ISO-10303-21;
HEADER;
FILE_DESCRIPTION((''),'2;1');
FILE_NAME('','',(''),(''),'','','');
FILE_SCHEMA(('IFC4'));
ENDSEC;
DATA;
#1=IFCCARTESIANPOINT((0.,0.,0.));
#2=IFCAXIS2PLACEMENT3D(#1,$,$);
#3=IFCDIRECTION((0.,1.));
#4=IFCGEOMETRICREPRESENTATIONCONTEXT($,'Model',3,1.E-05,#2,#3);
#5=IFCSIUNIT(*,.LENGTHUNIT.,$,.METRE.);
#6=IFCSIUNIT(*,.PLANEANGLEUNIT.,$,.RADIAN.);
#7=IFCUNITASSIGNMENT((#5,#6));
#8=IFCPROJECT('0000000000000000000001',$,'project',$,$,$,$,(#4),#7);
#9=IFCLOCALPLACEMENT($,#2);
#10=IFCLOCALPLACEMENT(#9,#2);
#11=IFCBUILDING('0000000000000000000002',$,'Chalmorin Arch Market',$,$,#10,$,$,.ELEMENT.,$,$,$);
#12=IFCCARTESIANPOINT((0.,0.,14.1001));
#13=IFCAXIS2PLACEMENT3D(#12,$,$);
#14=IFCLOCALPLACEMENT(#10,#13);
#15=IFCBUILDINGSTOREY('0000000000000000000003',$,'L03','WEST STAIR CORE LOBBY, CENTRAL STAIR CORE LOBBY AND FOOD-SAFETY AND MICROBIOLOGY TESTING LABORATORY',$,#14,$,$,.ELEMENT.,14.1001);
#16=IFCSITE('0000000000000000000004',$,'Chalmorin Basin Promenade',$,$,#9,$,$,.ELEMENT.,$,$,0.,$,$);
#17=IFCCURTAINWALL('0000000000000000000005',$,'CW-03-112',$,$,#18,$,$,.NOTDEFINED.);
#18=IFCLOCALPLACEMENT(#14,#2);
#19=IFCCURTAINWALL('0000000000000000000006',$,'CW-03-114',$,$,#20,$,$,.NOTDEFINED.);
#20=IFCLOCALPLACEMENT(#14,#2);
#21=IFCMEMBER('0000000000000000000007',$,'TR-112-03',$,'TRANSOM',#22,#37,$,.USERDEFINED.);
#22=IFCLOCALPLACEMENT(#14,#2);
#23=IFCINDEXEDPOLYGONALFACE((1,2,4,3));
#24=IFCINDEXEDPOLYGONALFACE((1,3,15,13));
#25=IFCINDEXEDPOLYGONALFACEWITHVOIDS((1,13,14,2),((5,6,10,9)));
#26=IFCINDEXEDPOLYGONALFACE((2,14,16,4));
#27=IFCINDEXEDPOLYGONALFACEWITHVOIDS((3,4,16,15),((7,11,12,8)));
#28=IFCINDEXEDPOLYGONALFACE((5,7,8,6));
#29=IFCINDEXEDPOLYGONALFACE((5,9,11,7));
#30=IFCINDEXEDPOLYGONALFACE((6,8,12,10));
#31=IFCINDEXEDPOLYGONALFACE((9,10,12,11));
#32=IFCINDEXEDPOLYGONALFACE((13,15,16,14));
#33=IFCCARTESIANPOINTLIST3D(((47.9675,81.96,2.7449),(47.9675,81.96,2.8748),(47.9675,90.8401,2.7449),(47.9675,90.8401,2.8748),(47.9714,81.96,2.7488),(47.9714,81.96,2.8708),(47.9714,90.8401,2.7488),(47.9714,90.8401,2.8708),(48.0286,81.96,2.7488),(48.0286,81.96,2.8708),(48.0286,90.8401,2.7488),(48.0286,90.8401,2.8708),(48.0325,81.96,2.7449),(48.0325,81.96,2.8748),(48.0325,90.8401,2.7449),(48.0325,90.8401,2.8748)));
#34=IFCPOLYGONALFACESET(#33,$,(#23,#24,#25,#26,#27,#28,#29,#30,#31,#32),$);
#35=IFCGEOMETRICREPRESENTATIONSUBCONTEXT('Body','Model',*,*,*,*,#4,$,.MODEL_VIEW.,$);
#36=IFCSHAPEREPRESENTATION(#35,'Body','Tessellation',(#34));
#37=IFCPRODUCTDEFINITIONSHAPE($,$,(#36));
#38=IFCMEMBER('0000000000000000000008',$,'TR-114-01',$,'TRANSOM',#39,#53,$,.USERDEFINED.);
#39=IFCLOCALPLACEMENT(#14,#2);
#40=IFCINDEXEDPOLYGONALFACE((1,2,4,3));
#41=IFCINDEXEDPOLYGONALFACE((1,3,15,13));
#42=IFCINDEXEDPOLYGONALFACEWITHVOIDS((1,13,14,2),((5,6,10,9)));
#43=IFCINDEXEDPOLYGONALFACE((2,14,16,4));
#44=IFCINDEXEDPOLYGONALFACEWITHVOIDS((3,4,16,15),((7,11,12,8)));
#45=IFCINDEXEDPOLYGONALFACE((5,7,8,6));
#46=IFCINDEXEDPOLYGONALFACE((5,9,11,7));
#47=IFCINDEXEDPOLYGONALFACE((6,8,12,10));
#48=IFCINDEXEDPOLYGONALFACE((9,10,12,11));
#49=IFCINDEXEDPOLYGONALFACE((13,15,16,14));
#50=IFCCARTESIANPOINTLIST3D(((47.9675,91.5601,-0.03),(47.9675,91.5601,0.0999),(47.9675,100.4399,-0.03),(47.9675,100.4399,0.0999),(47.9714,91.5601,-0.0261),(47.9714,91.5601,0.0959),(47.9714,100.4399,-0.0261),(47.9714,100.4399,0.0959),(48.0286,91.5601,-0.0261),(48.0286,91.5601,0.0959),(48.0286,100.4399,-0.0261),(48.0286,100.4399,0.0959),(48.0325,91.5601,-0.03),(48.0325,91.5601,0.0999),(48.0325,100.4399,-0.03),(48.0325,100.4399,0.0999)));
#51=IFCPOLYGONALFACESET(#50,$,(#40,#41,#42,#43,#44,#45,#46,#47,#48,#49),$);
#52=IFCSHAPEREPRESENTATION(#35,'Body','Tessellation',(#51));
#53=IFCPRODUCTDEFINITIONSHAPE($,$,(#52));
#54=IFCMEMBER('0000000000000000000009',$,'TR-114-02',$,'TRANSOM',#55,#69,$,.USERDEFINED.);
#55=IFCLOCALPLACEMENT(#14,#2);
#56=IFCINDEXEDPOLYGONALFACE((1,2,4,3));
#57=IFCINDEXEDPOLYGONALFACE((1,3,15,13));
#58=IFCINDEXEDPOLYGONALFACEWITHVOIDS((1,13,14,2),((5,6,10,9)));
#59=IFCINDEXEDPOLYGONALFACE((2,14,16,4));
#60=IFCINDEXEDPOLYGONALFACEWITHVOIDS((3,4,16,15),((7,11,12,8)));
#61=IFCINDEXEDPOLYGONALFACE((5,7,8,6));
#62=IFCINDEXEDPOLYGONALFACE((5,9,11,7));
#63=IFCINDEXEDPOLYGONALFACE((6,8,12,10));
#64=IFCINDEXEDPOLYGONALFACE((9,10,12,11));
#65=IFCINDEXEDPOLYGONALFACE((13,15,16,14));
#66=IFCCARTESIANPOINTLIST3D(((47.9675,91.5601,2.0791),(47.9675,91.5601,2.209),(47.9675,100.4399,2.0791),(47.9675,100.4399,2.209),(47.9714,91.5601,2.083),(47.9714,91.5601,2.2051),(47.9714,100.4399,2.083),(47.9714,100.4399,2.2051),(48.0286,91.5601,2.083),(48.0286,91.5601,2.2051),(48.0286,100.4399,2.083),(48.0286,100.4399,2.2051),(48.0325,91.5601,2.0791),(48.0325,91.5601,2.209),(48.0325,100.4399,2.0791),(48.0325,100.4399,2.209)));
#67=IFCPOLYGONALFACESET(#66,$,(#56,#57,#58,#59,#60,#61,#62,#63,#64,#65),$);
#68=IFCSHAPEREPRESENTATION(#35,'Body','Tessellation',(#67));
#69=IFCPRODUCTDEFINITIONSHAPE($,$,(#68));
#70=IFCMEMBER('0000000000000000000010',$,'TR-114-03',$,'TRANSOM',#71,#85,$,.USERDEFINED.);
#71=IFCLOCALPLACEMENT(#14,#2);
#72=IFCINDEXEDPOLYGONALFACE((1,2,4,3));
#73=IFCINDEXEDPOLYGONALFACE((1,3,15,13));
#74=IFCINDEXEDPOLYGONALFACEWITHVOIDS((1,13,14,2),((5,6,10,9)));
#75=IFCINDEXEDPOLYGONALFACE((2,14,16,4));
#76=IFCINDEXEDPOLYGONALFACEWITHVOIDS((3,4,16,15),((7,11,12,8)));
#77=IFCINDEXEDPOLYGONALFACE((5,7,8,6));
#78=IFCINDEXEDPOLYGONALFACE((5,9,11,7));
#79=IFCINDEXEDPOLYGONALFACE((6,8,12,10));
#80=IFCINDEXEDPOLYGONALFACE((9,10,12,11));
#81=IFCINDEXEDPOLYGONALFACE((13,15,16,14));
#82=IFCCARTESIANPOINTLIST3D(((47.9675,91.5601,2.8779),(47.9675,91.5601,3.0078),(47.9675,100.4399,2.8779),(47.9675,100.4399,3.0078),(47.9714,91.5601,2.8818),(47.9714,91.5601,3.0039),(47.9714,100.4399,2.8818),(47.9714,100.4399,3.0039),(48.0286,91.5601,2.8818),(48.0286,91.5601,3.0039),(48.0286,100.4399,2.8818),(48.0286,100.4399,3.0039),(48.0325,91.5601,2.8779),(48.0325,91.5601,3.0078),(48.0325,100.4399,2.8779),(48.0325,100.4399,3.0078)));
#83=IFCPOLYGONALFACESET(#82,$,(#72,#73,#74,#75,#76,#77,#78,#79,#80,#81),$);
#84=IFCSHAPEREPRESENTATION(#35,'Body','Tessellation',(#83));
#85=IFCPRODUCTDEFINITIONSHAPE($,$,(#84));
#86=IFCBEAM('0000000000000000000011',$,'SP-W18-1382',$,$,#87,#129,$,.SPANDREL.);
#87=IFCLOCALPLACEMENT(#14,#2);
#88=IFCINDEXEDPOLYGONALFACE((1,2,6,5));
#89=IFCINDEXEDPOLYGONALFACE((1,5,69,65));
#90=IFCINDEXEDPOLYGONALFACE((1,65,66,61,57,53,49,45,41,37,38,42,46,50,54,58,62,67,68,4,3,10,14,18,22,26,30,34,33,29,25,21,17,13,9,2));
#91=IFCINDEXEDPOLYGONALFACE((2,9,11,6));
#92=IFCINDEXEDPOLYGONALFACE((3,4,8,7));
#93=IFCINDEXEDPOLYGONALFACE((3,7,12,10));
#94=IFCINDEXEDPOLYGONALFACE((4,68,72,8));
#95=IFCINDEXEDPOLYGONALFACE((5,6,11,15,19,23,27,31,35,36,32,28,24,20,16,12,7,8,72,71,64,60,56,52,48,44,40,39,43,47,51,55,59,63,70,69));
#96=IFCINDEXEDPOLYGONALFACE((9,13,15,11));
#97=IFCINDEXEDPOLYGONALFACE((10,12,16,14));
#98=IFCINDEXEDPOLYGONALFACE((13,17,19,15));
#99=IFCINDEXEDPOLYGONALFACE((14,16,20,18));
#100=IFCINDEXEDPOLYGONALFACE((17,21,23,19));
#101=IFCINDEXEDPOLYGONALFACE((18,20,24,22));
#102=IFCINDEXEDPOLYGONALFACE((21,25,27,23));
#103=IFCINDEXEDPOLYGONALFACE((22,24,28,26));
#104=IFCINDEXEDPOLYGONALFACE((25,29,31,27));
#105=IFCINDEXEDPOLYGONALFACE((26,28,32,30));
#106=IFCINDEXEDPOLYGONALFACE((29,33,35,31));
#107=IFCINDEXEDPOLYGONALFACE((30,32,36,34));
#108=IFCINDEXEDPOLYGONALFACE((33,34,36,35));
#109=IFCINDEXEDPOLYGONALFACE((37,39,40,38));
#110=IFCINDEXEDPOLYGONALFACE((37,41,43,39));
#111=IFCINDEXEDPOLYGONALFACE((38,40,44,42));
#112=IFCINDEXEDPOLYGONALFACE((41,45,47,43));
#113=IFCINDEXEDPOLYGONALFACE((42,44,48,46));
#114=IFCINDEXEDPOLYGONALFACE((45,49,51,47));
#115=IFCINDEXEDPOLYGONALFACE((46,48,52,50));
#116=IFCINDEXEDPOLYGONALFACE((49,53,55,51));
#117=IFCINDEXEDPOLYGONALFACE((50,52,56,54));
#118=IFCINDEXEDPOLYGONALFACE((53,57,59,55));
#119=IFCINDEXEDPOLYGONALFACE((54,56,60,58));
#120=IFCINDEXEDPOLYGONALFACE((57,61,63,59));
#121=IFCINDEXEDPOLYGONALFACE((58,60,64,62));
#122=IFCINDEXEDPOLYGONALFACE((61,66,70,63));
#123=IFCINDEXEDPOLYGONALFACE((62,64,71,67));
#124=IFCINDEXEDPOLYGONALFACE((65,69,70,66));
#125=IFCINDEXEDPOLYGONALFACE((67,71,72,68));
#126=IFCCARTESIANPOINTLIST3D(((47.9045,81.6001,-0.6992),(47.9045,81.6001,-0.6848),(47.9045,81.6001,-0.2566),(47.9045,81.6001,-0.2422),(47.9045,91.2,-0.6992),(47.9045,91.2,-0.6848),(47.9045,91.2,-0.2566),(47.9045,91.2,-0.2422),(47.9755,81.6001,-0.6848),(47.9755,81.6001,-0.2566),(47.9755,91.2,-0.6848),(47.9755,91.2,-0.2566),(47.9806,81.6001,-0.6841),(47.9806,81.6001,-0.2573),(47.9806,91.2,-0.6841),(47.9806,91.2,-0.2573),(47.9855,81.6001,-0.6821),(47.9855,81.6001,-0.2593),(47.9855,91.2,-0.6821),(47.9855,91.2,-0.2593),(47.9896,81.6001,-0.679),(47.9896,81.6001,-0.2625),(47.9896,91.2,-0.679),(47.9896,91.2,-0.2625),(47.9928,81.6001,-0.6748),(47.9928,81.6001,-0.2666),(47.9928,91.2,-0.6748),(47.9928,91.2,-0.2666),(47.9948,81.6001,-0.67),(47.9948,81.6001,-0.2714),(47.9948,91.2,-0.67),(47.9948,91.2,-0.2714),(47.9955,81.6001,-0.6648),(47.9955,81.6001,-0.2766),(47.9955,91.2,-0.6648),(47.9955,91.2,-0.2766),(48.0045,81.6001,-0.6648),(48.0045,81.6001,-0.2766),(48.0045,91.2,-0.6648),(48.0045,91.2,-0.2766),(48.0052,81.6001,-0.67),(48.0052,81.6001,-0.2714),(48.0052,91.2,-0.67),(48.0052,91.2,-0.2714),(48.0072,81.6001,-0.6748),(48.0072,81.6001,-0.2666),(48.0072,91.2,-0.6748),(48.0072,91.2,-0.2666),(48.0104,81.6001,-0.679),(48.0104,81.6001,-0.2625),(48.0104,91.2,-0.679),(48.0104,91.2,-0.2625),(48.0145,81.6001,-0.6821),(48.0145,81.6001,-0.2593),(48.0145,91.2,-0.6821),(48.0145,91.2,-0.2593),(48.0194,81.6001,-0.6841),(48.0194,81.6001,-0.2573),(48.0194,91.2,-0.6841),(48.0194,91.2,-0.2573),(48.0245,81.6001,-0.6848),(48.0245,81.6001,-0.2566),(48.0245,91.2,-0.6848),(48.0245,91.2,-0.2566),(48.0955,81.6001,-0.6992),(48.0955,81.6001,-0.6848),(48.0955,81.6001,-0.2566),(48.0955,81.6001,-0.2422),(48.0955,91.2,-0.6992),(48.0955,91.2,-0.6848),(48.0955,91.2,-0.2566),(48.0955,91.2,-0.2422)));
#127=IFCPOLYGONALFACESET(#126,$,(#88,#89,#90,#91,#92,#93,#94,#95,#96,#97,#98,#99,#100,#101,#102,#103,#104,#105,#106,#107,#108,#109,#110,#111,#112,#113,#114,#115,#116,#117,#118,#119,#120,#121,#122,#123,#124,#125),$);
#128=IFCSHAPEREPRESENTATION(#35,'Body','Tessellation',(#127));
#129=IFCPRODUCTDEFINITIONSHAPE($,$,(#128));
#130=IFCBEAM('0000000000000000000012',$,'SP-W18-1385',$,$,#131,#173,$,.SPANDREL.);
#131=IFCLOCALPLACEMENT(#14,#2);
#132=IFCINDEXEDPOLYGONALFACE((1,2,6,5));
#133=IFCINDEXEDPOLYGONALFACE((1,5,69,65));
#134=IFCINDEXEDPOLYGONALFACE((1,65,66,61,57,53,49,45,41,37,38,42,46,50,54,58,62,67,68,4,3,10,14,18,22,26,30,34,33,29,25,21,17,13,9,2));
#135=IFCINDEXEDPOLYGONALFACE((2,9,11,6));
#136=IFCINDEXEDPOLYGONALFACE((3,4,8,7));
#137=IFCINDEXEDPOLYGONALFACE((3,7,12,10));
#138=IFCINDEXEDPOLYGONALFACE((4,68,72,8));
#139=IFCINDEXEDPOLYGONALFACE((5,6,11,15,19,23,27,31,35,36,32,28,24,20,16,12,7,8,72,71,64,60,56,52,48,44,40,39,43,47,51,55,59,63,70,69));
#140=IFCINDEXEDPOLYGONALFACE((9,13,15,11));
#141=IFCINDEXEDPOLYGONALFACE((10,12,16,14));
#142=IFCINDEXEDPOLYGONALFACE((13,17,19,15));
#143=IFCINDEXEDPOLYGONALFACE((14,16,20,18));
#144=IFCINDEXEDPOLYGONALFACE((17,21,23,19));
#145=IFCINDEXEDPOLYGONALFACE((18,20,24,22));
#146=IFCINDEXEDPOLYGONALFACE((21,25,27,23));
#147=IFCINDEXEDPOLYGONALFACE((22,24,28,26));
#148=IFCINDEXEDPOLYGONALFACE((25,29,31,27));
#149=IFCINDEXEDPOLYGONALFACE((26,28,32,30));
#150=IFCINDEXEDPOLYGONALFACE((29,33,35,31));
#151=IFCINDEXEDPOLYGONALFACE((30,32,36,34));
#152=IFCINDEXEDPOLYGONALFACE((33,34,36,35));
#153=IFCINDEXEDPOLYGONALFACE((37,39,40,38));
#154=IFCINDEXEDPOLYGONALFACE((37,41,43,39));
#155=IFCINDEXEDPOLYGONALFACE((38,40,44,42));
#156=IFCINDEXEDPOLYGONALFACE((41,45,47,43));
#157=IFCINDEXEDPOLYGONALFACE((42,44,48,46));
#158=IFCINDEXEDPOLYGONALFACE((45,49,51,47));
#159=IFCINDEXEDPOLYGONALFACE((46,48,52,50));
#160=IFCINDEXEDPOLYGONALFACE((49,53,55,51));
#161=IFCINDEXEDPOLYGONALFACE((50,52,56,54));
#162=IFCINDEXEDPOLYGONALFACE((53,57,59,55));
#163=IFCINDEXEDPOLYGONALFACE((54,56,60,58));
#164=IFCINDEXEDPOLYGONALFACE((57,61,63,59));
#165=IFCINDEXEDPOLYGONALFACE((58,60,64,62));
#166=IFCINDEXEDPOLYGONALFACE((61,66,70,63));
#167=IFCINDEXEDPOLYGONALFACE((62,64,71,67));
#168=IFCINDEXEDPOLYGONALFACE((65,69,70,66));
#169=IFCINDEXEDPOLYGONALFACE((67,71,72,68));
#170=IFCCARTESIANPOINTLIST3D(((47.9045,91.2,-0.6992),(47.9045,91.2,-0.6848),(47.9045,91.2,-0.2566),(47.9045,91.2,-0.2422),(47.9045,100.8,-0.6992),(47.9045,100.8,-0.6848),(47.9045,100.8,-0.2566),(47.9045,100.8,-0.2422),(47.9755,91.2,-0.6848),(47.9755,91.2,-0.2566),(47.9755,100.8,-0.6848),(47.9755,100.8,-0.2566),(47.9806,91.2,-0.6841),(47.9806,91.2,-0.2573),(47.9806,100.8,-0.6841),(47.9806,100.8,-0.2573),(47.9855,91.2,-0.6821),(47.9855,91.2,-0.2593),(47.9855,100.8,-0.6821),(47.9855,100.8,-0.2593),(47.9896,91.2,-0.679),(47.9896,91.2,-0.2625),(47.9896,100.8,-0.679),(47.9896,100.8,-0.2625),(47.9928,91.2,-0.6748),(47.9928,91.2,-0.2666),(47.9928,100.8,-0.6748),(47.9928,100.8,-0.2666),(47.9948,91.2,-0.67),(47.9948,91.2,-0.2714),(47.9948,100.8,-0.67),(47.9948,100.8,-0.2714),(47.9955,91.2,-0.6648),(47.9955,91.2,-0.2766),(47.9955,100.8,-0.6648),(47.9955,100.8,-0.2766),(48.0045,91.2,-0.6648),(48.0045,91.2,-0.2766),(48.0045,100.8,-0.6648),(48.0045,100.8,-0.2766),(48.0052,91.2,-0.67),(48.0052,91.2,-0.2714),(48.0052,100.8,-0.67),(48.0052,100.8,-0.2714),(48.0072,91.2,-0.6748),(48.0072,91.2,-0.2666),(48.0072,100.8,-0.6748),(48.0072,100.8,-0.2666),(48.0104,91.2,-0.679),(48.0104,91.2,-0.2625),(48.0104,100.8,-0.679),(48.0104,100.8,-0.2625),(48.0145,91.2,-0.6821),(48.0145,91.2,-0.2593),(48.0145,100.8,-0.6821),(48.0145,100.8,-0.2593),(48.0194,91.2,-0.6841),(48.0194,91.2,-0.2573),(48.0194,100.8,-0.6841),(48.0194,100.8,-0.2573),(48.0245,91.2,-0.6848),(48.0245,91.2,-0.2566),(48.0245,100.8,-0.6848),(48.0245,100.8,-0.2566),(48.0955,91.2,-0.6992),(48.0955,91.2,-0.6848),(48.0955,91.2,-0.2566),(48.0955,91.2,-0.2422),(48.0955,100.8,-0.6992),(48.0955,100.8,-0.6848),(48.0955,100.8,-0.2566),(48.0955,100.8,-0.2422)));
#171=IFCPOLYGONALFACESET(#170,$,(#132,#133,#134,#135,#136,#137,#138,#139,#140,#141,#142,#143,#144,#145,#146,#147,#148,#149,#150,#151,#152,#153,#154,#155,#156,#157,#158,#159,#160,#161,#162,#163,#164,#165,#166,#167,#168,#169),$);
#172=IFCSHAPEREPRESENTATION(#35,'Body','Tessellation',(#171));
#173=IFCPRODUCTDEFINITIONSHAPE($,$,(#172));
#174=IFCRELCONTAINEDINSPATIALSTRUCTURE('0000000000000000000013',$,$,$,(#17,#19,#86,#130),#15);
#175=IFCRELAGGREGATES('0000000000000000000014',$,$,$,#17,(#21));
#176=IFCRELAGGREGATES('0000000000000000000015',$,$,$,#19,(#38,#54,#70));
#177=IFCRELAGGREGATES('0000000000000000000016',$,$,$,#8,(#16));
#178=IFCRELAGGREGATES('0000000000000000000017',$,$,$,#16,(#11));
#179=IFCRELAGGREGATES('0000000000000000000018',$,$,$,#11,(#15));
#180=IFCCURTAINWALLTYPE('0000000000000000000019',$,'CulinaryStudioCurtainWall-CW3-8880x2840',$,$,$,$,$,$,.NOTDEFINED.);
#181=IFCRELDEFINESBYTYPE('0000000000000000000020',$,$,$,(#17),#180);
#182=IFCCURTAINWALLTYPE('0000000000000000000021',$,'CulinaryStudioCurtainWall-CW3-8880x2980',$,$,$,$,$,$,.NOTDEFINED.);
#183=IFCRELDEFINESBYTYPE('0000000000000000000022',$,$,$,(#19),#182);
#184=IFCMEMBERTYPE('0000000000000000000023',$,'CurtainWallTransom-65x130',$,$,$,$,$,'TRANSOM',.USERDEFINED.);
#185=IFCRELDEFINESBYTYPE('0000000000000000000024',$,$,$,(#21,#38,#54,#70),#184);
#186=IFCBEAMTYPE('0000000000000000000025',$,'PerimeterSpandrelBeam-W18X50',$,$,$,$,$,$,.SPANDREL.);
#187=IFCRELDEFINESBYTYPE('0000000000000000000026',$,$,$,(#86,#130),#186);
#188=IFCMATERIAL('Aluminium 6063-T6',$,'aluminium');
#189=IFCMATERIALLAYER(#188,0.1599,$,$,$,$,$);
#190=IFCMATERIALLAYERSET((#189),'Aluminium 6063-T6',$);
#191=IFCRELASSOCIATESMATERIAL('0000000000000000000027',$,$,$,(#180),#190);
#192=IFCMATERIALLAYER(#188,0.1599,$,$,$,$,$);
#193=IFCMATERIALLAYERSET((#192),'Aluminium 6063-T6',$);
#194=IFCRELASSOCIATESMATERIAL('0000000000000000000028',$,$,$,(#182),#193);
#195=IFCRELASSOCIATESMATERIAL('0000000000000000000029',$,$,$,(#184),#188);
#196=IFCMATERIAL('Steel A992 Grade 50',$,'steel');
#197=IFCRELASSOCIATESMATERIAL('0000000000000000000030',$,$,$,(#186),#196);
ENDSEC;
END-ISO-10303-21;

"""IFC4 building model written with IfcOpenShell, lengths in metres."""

from ifc_helpers import new_model, si_unit, direction, frame, origin, origin_2d, place, context, subcontext, project, spatial, hollow_rectangle, i_section, extrude, material, layer, layer_set, material_profile, profile_set, type_object, element, aggregate, save


model = new_model("IFC4")

# Units and contexts
model_context = context("Model", 3, precision=1e-05, world=origin(), true_north=direction((0.0, 1.0)))
body_context = subcontext(model_context, "Body", "Model", "MODEL_VIEW")
ifc_project = project(units=[si_unit("LENGTHUNIT", "METRE"), si_unit("PLANEANGLEUNIT", "RADIAN")], contexts=[model_context])

# Site, building, storey
site_placement = place(None, origin())
site = spatial("IfcSite", under=ifc_project, at=site_placement, Name="Chalmorin Basin Promenade", CompositionType="ELEMENT", RefElevation=0.0)
building_placement = place(site_placement, origin())
building = spatial("IfcBuilding", under=site, at=building_placement, Name="Chalmorin Arch Market", CompositionType="ELEMENT")
storey_placement = place(building_placement, frame((0.0, 0.0, 14.1001)))
storey = spatial("IfcBuildingStorey", under=building, at=storey_placement, Name="L03", Description="WEST STAIR CORE LOBBY, CENTRAL STAIR CORE LOBBY AND FOOD-SAFETY AND MICROBIOLOGY TESTING LABORATORY", CompositionType="ELEMENT", Elevation=14.1001)

# Curtain wall
ifc_material_1 = material(Name="Aluminium 6063-T6", Category="aluminium")
ifc_layer_1 = layer(ifc_material_1, 0.1599)
ifc_layer_set_1 = layer_set([ifc_layer_1], Name="Aluminium 6063-T6")
curtain_wall_type_1 = type_object("IfcCurtainWallType", Name="CulinaryStudioCurtainWall-CW3-8880x2840", PredefinedType="NOTDEFINED", material=ifc_layer_set_1)
curtain_wall_1_placement = place(storey_placement, origin())
curtain_wall_1 = element("IfcCurtainWall", 1, at=curtain_wall_1_placement, inside=storey, type_object=curtain_wall_type_1, Name="CW-03-112", PredefinedType="NOTDEFINED")

# Curtain wall
ifc_layer_2 = layer(ifc_material_1, 0.1599)
ifc_layer_set_2 = layer_set([ifc_layer_2], Name="Aluminium 6063-T6")
curtain_wall_type_2 = type_object("IfcCurtainWallType", Name="CulinaryStudioCurtainWall-CW3-8880x2980", PredefinedType="NOTDEFINED", material=ifc_layer_set_2)
curtain_wall_2_placement = place(storey_placement, origin())
curtain_wall_2 = element("IfcCurtainWall", 2, at=curtain_wall_2_placement, inside=storey, type_object=curtain_wall_type_2, Name="CW-03-114", PredefinedType="NOTDEFINED")

# Members
ifc_material_profile_1 = material_profile(ifc_material_1, hollow_rectangle(XDim=0.0649, YDim=0.1299, WallThickness=0.0039, at=origin_2d()), Name="ALU65X130X4")
ifc_profile_set_1 = profile_set([ifc_material_profile_1], Name="Aluminium 6063-T6")
member_type_1 = type_object("IfcMemberType", Name="CurtainWallTransom-65x130", ElementType="TRANSOM", PredefinedType="USERDEFINED", material=ifc_profile_set_1)
member_1_placement = place(storey_placement, frame((48.0, 81.96, 2.8098), z_axis=(0.0, 1.0, 0.0), x_axis=(-1.0, 0.0, 0.0)))
member_1 = element("IfcMember", 3, at=member_1_placement, type_object=member_type_1, Name="TR-112-03", ObjectType="TRANSOM", PredefinedType="USERDEFINED", context=body_context, shape_type="SweptSolid", body=[
    extrude(hollow_rectangle(XDim=0.0649, YDim=0.1299, WallThickness=0.0039, at=origin_2d()), origin(), (0.0, 0.0, 1.0), 8.8801),
])
member_2_placement = place(storey_placement, frame((48.0, 91.5601, 0.0349), z_axis=(0.0, 1.0, 0.0), x_axis=(-1.0, 0.0, 0.0)))
member_2 = element("IfcMember", 4, at=member_2_placement, type_object=member_type_1, Name="TR-114-01", ObjectType="TRANSOM", PredefinedType="USERDEFINED", context=body_context, shape_type="SweptSolid", body=[
    extrude(hollow_rectangle(XDim=0.0649, YDim=0.1299, WallThickness=0.0039, at=origin_2d()), origin(), (0.0, 0.0, 1.0), 8.8799),
])
member_3_placement = place(storey_placement, frame((48.0, 91.5601, 2.144), z_axis=(0.0, 1.0, 0.0), x_axis=(-1.0, 0.0, 0.0)))
member_3 = element("IfcMember", 5, at=member_3_placement, type_object=member_type_1, Name="TR-114-02", ObjectType="TRANSOM", PredefinedType="USERDEFINED", context=body_context, shape_type="SweptSolid", body=[
    extrude(hollow_rectangle(XDim=0.0649, YDim=0.1299, WallThickness=0.0039, at=origin_2d()), origin(), (0.0, 0.0, 1.0), 8.8799),
])
member_4_placement = place(storey_placement, frame((48.0, 91.5601, 2.9429), z_axis=(0.0, 1.0, 0.0), x_axis=(-1.0, 0.0, 0.0)))
member_4 = element("IfcMember", 6, at=member_4_placement, type_object=member_type_1, Name="TR-114-03", ObjectType="TRANSOM", PredefinedType="USERDEFINED", context=body_context, shape_type="SweptSolid", body=[
    extrude(hollow_rectangle(XDim=0.0649, YDim=0.1299, WallThickness=0.0039, at=origin_2d()), origin(), (0.0, 0.0, 1.0), 8.8799),
])

# Beams
ifc_material_2 = material(Name="Steel A992 Grade 50", Category="steel")
ifc_material_profile_2 = material_profile(ifc_material_2, i_section(OverallWidth=0.1909, OverallDepth=0.457, WebThickness=0.009, FlangeThickness=0.0144, FilletRadius=0.02, at=origin_2d()), Name="W18X50")
ifc_profile_set_2 = profile_set([ifc_material_profile_2], Name="Steel A992 Grade 50")
beam_type_1 = type_object("IfcBeamType", Name="PerimeterSpandrelBeam-W18X50", PredefinedType="SPANDREL", material=ifc_profile_set_2)
beam_1_placement = place(storey_placement, frame((48.0, 81.6001, -0.4707), z_axis=(0.0, 1.0, 0.0), x_axis=(-1.0, 0.0, 0.0)))
element("IfcBeam", 7, at=beam_1_placement, inside=storey, type_object=beam_type_1, Name="SP-W18-1382", PredefinedType="SPANDREL", context=body_context, shape_type="SweptSolid", body=[
    extrude(i_section(OverallWidth=0.1909, OverallDepth=0.457, WebThickness=0.009, FlangeThickness=0.0144, FilletRadius=0.02, at=origin_2d()), origin(), (0.0, 0.0, 1.0), 9.5999),
])
beam_2_placement = place(storey_placement, frame((48.0, 91.2, -0.4707), z_axis=(0.0, 1.0, 0.0), x_axis=(-1.0, 0.0, 0.0)))
element("IfcBeam", 8, at=beam_2_placement, inside=storey, type_object=beam_type_1, Name="SP-W18-1385", PredefinedType="SPANDREL", context=body_context, shape_type="SweptSolid", body=[
    extrude(i_section(OverallWidth=0.1909, OverallDepth=0.457, WebThickness=0.009, FlangeThickness=0.0144, FilletRadius=0.02, at=origin_2d()), origin(), (0.0, 0.0, 1.0), 9.6001),
])

aggregate(curtain_wall_1, [member_1])
aggregate(curtain_wall_2, [member_2, member_3, member_4])

save(model, "model.ifc")
